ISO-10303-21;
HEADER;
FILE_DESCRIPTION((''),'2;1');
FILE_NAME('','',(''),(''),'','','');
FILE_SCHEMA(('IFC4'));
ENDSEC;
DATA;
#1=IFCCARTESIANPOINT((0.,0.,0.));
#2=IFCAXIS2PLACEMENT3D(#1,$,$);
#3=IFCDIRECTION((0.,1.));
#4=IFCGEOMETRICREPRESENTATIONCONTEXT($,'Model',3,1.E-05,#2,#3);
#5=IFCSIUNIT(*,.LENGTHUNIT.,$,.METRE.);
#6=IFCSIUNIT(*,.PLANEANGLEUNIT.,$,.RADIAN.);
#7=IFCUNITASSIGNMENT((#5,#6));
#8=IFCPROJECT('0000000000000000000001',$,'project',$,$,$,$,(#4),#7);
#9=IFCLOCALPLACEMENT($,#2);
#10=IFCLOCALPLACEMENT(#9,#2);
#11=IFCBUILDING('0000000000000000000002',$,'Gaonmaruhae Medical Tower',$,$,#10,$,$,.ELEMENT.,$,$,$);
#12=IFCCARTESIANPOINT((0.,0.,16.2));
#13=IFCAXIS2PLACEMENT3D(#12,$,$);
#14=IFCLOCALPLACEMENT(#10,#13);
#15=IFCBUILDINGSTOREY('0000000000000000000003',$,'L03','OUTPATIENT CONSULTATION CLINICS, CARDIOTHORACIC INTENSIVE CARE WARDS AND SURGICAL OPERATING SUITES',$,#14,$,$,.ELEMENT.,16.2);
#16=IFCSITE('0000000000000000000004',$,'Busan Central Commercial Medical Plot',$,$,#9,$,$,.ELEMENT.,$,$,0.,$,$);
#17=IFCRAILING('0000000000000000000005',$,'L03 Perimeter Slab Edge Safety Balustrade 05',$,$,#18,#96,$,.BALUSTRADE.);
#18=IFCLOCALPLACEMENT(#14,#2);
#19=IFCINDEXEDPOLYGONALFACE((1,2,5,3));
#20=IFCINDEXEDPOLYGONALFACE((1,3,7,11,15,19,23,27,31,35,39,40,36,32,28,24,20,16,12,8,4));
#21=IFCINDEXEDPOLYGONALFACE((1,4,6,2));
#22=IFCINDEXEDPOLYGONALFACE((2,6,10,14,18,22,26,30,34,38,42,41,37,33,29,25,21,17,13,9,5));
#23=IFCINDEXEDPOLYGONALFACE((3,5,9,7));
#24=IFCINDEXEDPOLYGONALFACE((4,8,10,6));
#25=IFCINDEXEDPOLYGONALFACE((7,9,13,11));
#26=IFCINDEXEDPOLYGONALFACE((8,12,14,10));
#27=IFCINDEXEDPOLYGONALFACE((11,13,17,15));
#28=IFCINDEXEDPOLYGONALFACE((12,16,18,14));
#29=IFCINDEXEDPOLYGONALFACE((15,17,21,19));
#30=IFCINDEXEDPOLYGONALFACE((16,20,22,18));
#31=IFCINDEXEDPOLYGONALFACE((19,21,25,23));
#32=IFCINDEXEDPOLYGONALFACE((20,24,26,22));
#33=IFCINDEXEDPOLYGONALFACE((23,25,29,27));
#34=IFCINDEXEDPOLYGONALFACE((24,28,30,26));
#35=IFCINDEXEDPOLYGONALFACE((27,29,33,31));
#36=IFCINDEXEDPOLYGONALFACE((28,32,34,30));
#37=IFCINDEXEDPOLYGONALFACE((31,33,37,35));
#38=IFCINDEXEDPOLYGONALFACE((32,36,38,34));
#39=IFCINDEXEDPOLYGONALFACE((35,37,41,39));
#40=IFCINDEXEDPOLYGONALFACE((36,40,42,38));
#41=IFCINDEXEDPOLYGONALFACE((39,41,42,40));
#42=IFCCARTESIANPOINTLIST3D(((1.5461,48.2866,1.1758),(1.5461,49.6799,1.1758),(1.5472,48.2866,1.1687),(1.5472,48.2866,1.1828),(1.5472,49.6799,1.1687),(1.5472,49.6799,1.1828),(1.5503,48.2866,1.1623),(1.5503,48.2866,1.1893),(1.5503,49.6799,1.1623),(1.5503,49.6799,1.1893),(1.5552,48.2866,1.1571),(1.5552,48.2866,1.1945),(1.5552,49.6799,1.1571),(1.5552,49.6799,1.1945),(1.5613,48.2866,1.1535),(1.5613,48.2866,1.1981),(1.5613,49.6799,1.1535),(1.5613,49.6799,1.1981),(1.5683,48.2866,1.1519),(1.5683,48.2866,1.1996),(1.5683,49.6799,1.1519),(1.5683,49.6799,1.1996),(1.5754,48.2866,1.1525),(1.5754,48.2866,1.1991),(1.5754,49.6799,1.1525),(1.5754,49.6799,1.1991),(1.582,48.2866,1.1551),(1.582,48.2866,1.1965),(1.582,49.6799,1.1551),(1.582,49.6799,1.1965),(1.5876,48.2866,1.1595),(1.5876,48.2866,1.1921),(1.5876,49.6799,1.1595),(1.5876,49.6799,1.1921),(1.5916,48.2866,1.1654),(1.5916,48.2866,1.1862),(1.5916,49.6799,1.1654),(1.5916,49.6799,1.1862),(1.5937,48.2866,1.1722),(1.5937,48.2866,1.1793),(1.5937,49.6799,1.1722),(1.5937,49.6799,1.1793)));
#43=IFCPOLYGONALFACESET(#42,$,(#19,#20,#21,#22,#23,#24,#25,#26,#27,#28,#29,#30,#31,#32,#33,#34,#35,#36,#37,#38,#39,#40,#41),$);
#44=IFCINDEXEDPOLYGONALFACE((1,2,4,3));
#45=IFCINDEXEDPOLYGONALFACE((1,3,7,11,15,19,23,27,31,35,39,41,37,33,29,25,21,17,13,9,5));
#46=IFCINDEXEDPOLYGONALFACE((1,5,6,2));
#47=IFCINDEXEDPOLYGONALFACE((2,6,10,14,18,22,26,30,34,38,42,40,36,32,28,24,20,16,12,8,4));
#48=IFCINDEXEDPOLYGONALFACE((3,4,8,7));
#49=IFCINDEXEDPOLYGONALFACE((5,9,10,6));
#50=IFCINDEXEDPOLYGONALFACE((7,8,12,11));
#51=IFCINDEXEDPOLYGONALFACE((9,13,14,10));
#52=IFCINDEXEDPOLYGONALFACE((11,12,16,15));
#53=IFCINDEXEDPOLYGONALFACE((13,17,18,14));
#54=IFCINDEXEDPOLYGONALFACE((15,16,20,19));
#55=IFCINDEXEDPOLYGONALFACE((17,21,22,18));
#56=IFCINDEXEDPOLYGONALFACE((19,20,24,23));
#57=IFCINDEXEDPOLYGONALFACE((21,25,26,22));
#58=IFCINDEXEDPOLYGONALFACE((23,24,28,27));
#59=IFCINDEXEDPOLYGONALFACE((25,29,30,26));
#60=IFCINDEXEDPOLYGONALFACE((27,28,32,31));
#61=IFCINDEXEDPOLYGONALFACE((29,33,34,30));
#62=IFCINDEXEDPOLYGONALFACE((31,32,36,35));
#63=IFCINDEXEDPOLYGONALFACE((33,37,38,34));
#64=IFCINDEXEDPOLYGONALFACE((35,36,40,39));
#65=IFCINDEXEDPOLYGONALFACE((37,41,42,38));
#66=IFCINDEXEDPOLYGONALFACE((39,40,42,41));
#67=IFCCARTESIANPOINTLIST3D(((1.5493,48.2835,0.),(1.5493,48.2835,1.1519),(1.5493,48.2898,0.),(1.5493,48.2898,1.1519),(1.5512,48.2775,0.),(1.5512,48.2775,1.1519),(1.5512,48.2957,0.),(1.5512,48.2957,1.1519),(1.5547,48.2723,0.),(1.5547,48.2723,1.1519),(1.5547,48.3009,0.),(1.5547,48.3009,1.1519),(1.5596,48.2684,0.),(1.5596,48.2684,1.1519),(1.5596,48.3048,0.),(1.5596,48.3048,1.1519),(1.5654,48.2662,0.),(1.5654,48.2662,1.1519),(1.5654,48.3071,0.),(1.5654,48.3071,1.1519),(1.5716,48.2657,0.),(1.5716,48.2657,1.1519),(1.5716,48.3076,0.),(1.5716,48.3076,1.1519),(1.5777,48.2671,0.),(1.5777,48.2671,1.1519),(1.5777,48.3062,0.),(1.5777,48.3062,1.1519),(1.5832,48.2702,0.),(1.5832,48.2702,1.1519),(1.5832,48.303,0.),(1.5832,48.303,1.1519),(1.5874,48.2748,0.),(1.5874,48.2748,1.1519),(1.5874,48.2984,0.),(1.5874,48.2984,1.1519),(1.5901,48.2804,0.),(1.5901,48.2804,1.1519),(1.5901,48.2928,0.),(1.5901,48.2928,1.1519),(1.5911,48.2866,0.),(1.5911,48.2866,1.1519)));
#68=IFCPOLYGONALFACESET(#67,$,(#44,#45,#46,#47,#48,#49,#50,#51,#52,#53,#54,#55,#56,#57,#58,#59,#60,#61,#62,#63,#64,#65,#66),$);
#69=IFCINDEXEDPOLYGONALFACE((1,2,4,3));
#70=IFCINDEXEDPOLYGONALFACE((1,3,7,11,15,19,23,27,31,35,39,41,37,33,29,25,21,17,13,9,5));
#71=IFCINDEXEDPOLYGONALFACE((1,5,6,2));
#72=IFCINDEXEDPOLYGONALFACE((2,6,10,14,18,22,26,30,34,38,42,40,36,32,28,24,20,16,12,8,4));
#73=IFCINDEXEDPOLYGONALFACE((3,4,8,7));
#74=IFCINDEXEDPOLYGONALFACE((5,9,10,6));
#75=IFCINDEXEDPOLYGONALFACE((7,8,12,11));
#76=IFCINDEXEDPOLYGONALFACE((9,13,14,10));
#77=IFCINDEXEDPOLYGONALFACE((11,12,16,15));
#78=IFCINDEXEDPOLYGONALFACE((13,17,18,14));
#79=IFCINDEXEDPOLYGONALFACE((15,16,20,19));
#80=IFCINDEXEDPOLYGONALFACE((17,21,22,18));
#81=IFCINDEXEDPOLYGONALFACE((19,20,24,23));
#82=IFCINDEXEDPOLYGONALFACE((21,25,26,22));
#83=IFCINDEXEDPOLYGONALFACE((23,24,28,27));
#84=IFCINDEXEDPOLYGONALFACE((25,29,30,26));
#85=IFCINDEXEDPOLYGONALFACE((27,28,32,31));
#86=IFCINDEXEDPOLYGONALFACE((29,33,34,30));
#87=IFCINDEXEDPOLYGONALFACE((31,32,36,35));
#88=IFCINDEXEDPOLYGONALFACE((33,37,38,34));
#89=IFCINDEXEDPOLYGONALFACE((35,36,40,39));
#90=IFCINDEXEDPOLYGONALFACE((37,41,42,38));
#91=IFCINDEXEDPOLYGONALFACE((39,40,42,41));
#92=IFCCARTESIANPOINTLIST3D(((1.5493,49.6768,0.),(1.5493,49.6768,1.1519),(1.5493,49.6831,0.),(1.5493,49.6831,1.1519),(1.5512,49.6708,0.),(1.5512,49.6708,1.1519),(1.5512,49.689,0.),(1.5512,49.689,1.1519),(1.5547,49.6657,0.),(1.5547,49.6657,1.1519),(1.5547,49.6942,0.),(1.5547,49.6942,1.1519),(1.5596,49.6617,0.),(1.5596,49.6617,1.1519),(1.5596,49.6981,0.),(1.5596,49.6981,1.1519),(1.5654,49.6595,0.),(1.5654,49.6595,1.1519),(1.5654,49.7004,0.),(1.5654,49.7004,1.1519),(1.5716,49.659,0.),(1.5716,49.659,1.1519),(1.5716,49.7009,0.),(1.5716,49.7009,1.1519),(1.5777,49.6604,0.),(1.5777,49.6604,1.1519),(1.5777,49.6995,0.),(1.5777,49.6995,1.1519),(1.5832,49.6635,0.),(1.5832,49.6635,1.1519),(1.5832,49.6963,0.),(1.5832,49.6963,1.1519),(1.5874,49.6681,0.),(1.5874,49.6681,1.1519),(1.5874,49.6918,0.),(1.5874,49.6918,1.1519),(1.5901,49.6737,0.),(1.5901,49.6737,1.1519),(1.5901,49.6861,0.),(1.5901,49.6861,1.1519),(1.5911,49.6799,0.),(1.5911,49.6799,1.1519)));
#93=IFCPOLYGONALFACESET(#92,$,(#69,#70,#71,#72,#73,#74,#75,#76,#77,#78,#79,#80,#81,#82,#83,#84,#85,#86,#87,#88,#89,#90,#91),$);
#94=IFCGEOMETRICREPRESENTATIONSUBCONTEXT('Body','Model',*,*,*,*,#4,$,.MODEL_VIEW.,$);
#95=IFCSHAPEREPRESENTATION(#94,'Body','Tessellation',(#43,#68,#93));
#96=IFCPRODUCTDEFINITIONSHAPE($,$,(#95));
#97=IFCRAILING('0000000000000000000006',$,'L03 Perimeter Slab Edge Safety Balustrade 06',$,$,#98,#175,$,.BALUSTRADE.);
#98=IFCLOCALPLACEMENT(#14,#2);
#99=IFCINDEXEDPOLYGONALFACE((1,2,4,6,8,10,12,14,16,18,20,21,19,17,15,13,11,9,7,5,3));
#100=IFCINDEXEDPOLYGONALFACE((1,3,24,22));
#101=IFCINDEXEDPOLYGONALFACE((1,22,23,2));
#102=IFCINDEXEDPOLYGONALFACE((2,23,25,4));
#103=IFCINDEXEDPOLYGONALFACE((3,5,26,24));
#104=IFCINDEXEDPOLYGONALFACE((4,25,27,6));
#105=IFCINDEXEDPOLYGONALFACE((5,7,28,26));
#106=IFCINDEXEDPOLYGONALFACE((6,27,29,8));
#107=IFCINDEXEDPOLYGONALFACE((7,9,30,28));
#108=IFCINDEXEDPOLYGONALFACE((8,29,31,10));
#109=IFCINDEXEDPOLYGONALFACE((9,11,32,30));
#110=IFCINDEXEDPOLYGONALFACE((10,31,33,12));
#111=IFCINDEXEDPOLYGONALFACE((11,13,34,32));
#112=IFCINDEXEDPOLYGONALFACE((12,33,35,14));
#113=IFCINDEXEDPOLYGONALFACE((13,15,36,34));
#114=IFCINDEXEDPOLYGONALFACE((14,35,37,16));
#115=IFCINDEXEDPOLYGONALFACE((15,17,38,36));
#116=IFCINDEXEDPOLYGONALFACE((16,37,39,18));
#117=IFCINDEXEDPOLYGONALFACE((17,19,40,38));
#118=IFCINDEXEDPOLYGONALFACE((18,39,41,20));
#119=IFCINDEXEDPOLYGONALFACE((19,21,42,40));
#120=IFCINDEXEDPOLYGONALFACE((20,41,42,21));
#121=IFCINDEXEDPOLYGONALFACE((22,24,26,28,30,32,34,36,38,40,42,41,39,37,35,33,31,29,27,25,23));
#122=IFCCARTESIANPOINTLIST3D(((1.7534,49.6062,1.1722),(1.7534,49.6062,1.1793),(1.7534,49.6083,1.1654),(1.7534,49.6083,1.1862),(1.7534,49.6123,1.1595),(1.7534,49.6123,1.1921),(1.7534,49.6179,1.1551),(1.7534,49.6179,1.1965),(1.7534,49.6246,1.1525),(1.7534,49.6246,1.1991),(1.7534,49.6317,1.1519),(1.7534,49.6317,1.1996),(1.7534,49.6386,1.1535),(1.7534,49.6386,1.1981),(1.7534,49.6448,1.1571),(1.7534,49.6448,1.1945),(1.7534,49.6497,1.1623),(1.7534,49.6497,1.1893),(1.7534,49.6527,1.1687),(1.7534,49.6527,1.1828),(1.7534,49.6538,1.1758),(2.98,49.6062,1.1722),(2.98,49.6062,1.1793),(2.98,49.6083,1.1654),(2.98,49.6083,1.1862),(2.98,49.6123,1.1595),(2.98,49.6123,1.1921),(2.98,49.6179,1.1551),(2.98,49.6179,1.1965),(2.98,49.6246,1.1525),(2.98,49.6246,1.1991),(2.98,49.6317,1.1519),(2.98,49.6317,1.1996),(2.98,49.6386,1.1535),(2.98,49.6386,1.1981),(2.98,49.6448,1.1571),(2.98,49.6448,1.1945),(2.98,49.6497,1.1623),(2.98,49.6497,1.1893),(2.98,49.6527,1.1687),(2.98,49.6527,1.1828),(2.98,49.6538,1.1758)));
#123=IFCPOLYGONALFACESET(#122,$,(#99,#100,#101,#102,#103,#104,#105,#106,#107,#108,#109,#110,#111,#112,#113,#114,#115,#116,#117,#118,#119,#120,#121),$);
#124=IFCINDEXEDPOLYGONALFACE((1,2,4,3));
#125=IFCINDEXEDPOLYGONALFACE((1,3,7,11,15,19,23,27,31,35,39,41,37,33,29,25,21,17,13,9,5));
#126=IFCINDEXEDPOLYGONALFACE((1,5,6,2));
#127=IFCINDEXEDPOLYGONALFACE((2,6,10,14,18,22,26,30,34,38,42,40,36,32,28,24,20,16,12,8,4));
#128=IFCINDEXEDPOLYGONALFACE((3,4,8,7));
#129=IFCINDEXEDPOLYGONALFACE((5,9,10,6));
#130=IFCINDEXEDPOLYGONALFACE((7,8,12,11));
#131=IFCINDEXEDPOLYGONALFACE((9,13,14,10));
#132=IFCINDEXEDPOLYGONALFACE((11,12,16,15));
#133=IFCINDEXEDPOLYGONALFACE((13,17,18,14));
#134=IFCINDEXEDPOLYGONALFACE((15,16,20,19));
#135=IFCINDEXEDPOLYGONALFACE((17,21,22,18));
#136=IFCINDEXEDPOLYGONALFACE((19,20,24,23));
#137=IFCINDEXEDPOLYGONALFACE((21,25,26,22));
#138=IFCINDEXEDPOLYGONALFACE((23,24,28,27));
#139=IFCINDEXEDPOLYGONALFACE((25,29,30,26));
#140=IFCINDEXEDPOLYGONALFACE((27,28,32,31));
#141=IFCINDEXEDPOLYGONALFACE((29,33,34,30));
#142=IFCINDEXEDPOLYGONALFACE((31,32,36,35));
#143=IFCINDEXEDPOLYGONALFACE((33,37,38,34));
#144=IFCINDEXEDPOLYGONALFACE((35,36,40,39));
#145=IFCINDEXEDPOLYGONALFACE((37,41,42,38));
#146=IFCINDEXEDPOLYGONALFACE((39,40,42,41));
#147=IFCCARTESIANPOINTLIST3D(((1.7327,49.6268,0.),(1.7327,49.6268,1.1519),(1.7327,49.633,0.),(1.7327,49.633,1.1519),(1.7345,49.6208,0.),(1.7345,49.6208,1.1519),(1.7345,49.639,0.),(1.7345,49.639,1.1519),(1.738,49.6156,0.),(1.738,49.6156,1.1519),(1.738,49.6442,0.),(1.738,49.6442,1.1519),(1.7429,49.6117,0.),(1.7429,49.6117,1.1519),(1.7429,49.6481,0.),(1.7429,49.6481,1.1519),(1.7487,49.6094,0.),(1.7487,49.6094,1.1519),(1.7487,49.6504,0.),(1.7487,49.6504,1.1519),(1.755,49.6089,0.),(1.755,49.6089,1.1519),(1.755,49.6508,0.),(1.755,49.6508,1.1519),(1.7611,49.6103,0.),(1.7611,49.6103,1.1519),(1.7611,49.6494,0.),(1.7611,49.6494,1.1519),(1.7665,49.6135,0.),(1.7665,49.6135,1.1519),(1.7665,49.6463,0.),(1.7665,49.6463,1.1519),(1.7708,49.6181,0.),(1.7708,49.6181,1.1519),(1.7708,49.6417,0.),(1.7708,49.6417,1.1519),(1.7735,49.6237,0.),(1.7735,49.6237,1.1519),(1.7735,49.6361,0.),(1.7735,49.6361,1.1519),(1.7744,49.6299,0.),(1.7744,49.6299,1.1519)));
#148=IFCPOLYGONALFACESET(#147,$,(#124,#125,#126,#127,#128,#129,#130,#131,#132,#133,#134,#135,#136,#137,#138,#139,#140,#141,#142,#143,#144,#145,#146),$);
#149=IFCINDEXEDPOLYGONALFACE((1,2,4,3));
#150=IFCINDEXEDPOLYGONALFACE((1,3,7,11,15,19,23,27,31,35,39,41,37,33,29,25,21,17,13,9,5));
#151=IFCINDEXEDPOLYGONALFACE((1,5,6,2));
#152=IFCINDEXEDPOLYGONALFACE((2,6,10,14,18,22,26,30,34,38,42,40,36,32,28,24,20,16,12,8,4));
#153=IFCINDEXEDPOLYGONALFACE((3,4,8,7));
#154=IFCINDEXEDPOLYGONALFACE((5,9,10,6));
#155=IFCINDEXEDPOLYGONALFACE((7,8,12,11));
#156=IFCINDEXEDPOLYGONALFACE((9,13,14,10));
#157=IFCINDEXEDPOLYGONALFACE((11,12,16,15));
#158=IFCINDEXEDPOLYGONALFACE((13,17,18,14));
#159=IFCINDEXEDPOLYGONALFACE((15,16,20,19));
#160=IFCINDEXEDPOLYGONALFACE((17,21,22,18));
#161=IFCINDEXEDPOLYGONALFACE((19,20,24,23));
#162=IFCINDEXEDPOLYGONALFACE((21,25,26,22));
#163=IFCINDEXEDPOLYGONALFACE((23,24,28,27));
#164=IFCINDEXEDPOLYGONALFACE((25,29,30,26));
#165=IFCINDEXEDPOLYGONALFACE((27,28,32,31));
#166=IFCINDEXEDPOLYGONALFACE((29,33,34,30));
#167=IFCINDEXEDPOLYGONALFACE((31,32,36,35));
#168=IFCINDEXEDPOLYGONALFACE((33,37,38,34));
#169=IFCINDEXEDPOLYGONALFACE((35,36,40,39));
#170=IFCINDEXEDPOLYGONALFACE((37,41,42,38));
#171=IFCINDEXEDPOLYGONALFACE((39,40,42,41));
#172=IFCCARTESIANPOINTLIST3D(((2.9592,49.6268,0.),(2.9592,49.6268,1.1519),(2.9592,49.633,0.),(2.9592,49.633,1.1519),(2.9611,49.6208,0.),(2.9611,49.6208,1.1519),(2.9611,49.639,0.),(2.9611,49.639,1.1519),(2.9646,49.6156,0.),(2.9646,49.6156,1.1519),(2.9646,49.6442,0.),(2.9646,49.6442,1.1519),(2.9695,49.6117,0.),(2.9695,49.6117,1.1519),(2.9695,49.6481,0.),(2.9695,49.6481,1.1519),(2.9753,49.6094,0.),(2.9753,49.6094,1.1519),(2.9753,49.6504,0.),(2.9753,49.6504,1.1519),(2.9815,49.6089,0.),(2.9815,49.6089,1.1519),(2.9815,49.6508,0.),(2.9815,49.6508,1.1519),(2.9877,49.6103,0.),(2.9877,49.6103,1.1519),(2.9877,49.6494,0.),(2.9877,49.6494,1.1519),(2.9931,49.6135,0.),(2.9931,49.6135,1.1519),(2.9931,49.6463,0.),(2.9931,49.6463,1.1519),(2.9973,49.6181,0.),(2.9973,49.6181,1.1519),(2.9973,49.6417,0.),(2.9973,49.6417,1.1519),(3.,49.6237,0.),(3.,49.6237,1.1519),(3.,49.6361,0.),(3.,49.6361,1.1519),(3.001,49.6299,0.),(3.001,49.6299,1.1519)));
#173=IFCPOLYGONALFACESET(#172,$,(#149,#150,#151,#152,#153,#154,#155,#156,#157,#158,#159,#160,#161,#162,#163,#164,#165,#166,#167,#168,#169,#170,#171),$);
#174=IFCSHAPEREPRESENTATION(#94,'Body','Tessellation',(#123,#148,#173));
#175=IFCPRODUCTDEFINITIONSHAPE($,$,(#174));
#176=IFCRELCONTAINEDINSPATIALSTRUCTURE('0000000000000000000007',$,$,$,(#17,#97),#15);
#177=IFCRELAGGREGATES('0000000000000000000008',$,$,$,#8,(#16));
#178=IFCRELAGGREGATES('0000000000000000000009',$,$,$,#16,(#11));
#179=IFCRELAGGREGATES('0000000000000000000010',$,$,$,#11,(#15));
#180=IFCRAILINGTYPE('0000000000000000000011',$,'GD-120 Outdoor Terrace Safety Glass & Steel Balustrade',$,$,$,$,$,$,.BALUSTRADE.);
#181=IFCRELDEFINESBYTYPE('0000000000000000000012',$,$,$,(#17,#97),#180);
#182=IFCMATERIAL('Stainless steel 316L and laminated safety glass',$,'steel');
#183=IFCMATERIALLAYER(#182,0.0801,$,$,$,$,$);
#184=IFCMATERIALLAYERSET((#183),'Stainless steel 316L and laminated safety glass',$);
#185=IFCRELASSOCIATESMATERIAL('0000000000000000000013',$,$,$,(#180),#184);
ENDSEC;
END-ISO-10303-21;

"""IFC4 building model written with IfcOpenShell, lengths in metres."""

from ifc_helpers import new_model, si_unit, direction, frame, origin, origin_2d, place, context, subcontext, project, spatial, circle, extrude, material, layer, layer_set, type_object, element, save


model = new_model("IFC4")

# Units and contexts
model_context = context("Model", 3, precision=1e-05, world=origin(), true_north=direction((0.0, 1.0)))
body_context = subcontext(model_context, "Body", "Model", "MODEL_VIEW")
ifc_project = project(units=[si_unit("LENGTHUNIT", "METRE"), si_unit("PLANEANGLEUNIT", "RADIAN")], contexts=[model_context])

# Site, building, storey
site_placement = place(None, origin())
site = spatial("IfcSite", under=ifc_project, at=site_placement, Name="Busan Central Commercial Medical Plot", CompositionType="ELEMENT", RefElevation=0.0)
building_placement = place(site_placement, origin())
building = spatial("IfcBuilding", under=site, at=building_placement, Name="Gaonmaruhae Medical Tower", CompositionType="ELEMENT")
storey_placement = place(building_placement, frame((0.0, 0.0, 16.2)))
storey = spatial("IfcBuildingStorey", under=building, at=storey_placement, Name="L03", Description="OUTPATIENT CONSULTATION CLINICS, CARDIOTHORACIC INTENSIVE CARE WARDS AND SURGICAL OPERATING SUITES", CompositionType="ELEMENT", Elevation=16.2)

# Railings
ifc_material_1 = material(Name="Stainless steel 316L and laminated safety glass", Category="steel")
ifc_layer_1 = layer(ifc_material_1, 0.0801)
ifc_layer_set_1 = layer_set([ifc_layer_1], Name="Stainless steel 316L and laminated safety glass")
railing_type_1 = type_object("IfcRailingType", Name="GD-120 Outdoor Terrace Safety Glass & Steel Balustrade", PredefinedType="BALUSTRADE", material=ifc_layer_set_1)
railing_1_placement = place(storey_placement, frame((1.5701, 48.2866, 0.0)))
element("IfcRailing", 1, at=railing_1_placement, inside=storey, type_object=railing_type_1, Name="L03 Perimeter Slab Edge Safety Balustrade 05", PredefinedType="BALUSTRADE", context=body_context, shape_type="SweptSolid", body=[
    extrude(circle(Radius=0.0239, at=origin_2d()), frame((0.0, 0.0, 1.1758), z_axis=(0.0, 1.0, 0.0), x_axis=(-1.0, 0.0, 0.0)), (0.0, 0.0, 1.0), 1.3933),
    extrude(circle(Radius=0.021, at=origin_2d()), origin(), (0.0, 0.0, 1.0), 1.1519),
    extrude(circle(Radius=0.021, at=origin_2d()), frame((0.0, 1.3933, 0.0)), (0.0, 0.0, 1.0), 1.1519),
])
railing_2_placement = place(storey_placement, frame((1.7534, 49.6299, 0.0)))
element("IfcRailing", 2, at=railing_2_placement, inside=storey, type_object=railing_type_1, Name="L03 Perimeter Slab Edge Safety Balustrade 06", PredefinedType="BALUSTRADE", context=body_context, shape_type="SweptSolid", body=[
    extrude(circle(Radius=0.0239, at=origin_2d()), frame((0.0, 0.0, 1.1758), z_axis=(1.0, 0.0, 0.0), x_axis=(0.0, 1.0, 0.0)), (0.0, 0.0, 1.0), 1.2266),
    extrude(circle(Radius=0.021, at=origin_2d()), origin(), (0.0, 0.0, 1.0), 1.1519),
    extrude(circle(Radius=0.021, at=origin_2d()), frame((1.2266, 0.0, 0.0)), (0.0, 0.0, 1.0), 1.1519),
])

save(model, "model.ifc")
